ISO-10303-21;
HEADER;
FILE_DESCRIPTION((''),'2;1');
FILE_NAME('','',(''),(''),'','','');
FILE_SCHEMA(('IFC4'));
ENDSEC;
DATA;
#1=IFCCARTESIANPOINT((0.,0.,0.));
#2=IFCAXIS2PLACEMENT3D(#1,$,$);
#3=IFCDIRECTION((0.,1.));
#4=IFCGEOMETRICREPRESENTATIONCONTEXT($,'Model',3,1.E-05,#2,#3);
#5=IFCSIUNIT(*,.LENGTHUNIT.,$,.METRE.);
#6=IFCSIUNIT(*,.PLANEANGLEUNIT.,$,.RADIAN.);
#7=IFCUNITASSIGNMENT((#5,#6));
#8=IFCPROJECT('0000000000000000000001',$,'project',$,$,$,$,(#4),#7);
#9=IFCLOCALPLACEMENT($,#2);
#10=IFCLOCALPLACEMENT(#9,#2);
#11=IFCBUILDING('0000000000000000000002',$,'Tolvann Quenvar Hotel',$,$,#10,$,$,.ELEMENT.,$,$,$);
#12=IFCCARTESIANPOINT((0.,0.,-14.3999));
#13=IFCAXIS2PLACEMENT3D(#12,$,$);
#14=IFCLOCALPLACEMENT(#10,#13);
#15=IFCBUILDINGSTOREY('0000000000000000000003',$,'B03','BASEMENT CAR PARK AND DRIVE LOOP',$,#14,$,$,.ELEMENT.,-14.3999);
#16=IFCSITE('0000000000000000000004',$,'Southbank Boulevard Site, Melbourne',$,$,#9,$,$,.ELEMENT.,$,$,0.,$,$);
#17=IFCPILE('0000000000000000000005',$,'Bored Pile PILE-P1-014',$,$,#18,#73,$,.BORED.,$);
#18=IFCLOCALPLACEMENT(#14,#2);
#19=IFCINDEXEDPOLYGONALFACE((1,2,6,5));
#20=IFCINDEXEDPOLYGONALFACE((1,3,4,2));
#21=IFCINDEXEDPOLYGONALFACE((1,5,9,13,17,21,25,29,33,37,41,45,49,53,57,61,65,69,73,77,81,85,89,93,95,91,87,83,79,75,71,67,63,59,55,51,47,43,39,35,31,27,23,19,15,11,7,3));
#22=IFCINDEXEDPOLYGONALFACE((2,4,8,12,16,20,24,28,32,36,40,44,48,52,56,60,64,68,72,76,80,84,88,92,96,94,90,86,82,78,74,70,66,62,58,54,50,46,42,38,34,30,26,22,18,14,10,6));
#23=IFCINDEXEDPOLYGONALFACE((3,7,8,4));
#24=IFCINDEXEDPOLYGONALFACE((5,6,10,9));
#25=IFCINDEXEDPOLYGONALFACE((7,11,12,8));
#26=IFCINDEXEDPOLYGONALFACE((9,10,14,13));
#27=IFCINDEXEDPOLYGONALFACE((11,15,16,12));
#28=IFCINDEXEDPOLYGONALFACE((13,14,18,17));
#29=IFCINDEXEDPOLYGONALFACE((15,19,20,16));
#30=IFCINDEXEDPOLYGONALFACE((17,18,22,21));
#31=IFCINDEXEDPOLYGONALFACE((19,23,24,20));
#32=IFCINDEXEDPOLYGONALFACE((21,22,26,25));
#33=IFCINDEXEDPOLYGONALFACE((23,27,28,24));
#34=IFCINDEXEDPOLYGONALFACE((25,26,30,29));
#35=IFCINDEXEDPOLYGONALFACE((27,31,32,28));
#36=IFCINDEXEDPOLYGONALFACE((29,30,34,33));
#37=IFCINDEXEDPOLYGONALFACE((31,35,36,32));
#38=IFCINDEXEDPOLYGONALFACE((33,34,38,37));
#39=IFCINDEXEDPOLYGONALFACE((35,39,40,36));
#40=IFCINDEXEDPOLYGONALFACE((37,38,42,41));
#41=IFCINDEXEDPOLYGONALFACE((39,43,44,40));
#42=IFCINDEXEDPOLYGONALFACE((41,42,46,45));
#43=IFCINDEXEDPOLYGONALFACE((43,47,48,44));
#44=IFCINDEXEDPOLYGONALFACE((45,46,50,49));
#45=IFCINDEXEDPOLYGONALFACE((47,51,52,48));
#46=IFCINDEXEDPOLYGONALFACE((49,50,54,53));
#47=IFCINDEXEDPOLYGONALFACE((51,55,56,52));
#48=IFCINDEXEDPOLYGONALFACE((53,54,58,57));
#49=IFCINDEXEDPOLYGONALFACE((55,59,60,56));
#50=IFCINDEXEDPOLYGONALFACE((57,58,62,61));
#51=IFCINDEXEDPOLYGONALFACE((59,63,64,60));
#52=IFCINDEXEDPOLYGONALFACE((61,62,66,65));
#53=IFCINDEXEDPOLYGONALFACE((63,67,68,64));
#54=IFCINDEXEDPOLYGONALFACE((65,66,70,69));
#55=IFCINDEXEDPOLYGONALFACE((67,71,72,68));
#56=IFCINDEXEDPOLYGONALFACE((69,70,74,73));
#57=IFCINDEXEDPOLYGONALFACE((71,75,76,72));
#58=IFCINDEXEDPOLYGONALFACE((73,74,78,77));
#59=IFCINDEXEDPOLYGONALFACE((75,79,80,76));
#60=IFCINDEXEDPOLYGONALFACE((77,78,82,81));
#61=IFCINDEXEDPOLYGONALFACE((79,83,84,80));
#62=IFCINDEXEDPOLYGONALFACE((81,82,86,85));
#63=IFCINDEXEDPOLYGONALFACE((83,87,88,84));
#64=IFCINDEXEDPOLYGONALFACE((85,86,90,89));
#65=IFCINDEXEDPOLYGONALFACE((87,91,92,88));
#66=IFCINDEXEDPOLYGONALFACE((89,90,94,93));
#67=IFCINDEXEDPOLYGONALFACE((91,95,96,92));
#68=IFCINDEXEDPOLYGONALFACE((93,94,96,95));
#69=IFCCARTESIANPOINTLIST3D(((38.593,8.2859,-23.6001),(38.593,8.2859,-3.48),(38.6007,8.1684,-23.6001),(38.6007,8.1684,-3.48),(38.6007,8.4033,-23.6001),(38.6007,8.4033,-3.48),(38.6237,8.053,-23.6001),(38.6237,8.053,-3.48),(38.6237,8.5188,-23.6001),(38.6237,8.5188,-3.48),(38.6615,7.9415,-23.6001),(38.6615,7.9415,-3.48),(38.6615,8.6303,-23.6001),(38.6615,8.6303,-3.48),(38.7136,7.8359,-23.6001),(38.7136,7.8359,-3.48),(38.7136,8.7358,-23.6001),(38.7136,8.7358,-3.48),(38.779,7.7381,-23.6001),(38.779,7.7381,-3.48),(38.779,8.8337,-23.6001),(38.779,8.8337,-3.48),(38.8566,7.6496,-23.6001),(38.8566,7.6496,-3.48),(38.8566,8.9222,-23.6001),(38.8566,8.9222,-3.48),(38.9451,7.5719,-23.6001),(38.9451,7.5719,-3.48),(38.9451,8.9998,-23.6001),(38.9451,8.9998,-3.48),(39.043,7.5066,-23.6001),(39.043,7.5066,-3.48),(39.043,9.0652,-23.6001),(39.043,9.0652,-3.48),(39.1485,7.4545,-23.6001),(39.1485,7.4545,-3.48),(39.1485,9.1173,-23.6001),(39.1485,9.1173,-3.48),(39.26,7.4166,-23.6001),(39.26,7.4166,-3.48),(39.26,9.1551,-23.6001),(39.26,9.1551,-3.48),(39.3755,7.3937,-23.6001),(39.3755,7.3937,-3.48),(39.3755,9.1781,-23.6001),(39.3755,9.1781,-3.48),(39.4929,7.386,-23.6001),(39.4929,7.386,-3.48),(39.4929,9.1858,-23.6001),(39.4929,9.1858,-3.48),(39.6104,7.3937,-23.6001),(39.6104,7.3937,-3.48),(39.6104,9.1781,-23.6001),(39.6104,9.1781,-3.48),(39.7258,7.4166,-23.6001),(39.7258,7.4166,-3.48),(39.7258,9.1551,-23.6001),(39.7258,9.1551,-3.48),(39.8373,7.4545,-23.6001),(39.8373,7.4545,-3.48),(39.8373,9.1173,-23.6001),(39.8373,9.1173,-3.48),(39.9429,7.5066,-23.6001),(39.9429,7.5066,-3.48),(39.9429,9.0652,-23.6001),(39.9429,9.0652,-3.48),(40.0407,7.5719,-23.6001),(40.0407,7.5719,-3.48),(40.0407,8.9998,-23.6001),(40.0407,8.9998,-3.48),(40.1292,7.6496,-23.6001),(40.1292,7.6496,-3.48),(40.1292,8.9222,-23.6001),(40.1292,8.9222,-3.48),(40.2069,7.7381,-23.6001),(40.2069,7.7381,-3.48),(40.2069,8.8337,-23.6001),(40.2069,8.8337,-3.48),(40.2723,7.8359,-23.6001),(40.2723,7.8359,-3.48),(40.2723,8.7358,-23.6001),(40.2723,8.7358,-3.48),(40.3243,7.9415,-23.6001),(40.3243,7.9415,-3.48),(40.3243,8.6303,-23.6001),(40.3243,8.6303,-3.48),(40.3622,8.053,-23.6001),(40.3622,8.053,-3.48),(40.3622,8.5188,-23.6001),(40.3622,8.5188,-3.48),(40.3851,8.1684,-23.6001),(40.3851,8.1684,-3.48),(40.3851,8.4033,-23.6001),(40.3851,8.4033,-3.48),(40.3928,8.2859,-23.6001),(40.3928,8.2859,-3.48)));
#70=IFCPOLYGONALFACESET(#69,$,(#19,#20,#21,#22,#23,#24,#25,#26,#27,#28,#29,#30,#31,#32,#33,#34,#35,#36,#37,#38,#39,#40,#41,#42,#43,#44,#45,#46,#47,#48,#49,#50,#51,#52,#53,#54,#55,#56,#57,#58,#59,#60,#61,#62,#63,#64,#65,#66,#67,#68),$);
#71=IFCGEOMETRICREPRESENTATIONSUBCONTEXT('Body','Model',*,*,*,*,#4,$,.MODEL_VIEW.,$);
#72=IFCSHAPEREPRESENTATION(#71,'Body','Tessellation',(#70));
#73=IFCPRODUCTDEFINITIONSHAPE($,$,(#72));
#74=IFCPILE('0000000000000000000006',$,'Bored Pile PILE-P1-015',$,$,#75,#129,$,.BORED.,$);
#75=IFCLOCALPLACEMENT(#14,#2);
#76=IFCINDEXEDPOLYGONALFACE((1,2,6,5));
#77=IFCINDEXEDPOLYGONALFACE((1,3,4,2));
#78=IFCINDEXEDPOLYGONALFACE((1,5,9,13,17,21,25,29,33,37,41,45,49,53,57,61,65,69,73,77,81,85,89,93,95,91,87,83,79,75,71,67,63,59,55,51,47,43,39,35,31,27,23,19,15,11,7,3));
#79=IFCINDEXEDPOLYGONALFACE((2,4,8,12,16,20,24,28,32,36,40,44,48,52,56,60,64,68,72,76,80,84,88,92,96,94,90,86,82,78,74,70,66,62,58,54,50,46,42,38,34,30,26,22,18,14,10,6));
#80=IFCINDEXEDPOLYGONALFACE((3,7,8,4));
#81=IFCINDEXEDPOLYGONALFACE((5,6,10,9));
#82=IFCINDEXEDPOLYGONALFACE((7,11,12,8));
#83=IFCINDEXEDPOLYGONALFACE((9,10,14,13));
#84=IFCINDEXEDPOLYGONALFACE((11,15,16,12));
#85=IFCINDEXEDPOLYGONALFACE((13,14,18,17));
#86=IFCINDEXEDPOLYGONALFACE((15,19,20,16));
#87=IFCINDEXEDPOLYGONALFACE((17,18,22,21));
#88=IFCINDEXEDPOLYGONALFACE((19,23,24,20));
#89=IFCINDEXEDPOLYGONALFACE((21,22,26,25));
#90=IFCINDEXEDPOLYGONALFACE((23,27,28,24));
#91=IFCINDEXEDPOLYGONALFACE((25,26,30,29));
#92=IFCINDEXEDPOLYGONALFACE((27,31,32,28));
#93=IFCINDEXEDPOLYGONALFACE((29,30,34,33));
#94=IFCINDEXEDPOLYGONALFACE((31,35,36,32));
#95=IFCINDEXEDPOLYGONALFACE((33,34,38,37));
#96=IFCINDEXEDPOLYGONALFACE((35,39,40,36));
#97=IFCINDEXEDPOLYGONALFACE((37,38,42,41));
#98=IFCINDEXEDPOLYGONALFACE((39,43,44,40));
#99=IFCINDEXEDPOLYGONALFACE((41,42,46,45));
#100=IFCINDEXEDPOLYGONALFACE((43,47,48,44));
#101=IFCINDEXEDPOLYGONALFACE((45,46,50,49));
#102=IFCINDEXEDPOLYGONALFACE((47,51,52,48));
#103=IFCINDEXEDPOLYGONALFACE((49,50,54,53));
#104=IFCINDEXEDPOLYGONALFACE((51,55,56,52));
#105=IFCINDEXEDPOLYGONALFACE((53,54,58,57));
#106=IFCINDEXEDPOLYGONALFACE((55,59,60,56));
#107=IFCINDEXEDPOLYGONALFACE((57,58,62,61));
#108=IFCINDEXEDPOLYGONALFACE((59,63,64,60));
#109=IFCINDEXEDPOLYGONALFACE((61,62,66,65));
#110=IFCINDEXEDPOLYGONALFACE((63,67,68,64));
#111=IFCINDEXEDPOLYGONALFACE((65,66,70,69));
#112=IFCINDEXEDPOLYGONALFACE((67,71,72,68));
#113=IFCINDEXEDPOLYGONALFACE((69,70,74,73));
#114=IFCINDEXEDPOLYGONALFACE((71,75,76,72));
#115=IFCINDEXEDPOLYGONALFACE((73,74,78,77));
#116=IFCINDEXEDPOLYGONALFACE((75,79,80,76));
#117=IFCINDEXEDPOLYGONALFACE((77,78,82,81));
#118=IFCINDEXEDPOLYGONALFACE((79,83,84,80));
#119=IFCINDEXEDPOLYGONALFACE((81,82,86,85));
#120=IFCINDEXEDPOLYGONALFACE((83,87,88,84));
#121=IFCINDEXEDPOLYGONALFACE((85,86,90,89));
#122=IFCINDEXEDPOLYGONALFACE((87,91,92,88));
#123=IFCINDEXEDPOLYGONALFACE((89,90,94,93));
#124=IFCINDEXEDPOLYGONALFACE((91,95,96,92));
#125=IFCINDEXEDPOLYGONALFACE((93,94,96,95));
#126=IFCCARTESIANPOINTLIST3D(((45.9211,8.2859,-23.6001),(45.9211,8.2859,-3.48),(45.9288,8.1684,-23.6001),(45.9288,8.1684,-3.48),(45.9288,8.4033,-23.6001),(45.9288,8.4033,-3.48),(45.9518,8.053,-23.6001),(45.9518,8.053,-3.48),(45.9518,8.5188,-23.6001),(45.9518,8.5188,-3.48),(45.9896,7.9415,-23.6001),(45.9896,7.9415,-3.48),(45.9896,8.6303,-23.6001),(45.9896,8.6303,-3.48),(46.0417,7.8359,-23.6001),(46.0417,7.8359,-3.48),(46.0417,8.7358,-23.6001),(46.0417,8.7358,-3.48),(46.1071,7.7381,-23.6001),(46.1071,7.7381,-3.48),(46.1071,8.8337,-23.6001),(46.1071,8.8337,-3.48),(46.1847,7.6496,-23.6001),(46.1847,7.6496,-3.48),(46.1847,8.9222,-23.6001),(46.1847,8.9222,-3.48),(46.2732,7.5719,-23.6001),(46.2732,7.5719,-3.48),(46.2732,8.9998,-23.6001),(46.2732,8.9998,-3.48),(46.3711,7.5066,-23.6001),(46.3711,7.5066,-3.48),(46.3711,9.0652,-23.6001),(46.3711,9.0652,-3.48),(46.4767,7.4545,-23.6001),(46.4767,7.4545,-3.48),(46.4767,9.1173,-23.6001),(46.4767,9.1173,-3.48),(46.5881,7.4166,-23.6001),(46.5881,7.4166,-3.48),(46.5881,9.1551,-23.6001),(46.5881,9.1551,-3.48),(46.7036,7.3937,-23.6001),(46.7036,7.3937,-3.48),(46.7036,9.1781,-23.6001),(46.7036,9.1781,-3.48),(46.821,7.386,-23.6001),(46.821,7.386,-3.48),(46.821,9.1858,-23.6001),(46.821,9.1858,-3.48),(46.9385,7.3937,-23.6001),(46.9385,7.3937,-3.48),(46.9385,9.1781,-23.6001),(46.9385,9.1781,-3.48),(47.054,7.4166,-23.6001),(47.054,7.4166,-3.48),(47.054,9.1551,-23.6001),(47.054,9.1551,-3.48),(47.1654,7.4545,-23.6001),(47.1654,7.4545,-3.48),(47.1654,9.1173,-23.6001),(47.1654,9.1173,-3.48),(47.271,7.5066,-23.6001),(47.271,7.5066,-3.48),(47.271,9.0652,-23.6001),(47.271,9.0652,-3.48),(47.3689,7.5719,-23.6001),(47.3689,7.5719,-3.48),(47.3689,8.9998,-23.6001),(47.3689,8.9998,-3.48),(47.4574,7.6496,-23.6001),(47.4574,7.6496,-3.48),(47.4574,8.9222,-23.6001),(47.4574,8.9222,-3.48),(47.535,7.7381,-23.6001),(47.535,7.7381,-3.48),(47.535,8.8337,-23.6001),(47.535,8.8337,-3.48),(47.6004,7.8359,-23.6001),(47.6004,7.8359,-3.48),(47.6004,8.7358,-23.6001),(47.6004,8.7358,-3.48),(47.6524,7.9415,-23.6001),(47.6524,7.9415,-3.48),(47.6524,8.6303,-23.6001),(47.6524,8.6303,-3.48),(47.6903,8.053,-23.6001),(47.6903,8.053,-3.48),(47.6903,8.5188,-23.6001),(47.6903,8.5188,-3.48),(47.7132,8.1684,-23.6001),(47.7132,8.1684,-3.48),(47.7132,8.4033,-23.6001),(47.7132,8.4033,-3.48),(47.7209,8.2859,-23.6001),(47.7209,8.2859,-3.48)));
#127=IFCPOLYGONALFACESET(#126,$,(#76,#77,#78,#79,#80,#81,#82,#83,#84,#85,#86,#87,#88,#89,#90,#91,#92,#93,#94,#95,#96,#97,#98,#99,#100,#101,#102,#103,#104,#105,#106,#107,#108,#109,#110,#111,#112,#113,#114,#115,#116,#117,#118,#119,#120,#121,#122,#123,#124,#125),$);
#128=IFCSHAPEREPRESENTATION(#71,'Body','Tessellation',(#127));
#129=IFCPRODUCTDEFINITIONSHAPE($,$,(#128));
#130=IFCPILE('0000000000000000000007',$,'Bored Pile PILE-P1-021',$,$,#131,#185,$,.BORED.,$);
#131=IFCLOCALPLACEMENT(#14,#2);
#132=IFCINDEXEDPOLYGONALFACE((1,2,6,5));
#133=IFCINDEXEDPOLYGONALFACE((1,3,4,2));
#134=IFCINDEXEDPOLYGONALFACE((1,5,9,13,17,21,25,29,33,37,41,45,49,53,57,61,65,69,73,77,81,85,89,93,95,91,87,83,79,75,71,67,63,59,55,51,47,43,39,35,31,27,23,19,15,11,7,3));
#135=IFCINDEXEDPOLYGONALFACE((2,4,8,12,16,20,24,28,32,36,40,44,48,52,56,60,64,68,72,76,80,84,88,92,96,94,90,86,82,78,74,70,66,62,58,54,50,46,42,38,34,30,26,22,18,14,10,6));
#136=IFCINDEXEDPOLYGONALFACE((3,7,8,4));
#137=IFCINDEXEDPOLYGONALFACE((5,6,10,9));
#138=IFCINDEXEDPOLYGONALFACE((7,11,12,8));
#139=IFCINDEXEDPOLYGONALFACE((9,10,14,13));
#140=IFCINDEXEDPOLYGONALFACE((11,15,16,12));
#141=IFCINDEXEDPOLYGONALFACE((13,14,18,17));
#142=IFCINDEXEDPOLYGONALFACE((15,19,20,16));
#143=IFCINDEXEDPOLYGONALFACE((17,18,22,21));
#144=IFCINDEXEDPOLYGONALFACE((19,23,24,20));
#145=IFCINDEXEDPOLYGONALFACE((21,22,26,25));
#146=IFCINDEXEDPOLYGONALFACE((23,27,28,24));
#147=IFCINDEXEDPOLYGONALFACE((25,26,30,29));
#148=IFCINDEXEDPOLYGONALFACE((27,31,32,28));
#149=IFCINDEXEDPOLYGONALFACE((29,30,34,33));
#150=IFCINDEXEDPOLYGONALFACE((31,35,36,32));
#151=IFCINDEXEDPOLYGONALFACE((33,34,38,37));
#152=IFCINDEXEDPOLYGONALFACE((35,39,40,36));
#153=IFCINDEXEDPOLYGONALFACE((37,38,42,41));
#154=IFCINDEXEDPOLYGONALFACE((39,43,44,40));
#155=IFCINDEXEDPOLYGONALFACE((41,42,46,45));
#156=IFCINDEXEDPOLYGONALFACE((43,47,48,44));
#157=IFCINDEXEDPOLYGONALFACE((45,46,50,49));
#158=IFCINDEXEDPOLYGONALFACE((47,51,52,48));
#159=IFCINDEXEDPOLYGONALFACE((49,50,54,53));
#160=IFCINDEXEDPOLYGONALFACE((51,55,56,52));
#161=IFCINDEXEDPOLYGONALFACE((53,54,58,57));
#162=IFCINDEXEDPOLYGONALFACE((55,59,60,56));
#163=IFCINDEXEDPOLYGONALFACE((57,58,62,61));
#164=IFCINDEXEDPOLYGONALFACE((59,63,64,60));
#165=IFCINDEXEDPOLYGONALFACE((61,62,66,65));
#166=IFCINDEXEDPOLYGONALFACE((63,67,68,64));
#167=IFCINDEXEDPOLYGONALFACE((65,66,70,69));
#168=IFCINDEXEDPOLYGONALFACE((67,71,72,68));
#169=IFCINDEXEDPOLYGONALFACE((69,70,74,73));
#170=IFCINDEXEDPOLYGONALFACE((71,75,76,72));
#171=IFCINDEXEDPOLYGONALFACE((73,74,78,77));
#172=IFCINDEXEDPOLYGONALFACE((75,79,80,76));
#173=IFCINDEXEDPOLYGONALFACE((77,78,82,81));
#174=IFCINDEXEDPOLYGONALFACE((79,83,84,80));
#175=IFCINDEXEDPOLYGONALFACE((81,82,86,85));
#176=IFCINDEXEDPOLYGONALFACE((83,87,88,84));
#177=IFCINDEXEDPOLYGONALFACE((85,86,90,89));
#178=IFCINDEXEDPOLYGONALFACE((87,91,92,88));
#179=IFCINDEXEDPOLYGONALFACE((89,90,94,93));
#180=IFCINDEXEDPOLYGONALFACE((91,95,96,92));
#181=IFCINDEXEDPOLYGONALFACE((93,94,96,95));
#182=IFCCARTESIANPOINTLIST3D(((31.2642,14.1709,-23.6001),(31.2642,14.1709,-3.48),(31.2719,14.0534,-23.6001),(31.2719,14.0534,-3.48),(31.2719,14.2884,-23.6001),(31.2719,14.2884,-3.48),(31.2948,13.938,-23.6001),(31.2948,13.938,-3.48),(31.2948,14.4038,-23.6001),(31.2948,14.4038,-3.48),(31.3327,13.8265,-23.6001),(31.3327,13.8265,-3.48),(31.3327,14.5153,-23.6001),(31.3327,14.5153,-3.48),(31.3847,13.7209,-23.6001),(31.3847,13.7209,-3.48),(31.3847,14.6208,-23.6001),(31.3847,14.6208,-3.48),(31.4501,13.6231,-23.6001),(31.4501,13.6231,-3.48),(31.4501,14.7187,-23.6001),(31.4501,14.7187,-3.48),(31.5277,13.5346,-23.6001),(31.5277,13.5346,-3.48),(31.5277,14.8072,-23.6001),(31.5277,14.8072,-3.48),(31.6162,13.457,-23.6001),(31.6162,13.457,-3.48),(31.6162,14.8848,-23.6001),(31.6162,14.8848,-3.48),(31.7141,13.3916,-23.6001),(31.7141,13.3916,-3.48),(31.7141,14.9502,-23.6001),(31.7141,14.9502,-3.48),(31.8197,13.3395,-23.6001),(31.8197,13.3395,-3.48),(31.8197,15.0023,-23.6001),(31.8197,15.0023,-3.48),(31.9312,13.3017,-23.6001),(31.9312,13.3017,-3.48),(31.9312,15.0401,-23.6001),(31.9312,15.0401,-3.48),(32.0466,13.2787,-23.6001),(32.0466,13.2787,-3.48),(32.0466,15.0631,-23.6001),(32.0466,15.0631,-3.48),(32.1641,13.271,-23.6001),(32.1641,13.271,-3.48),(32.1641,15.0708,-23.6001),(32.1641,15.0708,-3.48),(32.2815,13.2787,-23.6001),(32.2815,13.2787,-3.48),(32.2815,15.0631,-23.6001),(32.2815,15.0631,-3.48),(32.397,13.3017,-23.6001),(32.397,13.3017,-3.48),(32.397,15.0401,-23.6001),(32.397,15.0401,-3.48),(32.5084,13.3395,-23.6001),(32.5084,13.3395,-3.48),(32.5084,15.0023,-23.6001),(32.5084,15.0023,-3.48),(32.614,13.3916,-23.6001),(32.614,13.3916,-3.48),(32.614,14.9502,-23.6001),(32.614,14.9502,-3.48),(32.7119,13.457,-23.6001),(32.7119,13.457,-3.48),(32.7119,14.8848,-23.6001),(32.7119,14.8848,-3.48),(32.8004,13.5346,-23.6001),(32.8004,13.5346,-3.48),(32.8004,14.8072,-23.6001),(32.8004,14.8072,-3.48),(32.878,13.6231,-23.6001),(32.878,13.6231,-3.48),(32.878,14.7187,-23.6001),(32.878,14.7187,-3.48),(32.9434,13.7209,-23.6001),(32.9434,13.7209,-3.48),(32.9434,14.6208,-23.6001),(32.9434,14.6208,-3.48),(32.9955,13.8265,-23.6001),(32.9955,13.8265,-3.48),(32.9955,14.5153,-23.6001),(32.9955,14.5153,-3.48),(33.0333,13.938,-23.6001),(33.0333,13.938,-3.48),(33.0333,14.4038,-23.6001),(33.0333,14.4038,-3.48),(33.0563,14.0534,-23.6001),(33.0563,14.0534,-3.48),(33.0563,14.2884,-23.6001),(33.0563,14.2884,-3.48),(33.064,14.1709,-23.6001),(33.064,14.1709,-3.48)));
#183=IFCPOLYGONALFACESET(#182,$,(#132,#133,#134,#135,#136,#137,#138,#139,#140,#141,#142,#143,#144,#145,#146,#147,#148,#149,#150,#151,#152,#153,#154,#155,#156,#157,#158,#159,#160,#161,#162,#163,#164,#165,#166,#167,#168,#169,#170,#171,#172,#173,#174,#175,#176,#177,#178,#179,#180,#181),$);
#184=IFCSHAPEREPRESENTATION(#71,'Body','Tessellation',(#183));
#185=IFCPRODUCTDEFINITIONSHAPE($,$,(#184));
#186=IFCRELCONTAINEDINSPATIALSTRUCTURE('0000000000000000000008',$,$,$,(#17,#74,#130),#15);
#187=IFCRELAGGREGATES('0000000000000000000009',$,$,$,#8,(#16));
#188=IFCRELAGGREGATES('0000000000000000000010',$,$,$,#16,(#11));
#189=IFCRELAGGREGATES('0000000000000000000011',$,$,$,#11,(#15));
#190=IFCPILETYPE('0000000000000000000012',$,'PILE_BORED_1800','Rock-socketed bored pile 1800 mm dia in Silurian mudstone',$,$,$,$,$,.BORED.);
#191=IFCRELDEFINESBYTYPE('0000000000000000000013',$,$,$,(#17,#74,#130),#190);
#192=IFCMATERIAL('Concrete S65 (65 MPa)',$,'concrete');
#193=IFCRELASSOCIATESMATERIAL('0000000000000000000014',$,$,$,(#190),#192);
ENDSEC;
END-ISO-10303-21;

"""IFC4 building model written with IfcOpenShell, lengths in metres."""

from ifc_helpers import new_model, si_unit, direction, frame, origin, origin_2d, place, context, subcontext, project, spatial, circle, extrude, material, material_profile, profile_set, type_object, element, save


model = new_model("IFC4")

# Units and contexts
model_context = context("Model", 3, precision=1e-05, world=origin(), true_north=direction((0.0, 1.0)))
body_context = subcontext(model_context, "Body", "Model", "MODEL_VIEW")
ifc_project = project(units=[si_unit("LENGTHUNIT", "METRE"), si_unit("PLANEANGLEUNIT", "RADIAN")], contexts=[model_context])

# Site, building, storey
site_placement = place(None, origin())
site = spatial("IfcSite", under=ifc_project, at=site_placement, Name="Southbank Boulevard Site, Melbourne", CompositionType="ELEMENT", RefElevation=0.0)
building_placement = place(site_placement, origin())
building = spatial("IfcBuilding", under=site, at=building_placement, Name="Tolvann Quenvar Hotel", CompositionType="ELEMENT")
storey_placement = place(building_placement, frame((0.0, 0.0, -14.3999)))
storey = spatial("IfcBuildingStorey", under=building, at=storey_placement, Name="B03", Description="BASEMENT CAR PARK AND DRIVE LOOP", CompositionType="ELEMENT", Elevation=-14.3999)

# Piles
ifc_material_1 = material(Name="Concrete S65 (65 MPa)", Category="concrete")
ifc_material_profile_1 = material_profile(ifc_material_1, circle(Radius=0.8999, at=origin_2d()), Name="PILE1800")
ifc_profile_set_1 = profile_set([ifc_material_profile_1], Name="Concrete S65 (65 MPa)")
pile_type = type_object("IfcPileType", Name="PILE_BORED_1800", Description="Rock-socketed bored pile 1800 mm dia in Silurian mudstone", PredefinedType="BORED", material=ifc_profile_set_1)
for number, where, z_axis, x_axis, name in (
    (1, (39.4929, 8.2859, -3.48), (0.0, 0.0, -1.0), (1.0, 0.0, 0.0), "Bored Pile PILE-P1-014"),
    (2, (46.821, 8.2859, -3.48), (0.0, 0.0, -1.0), (1.0, 0.0, 0.0), "Bored Pile PILE-P1-015"),
    (3, (32.1641, 14.1709, -3.48), (0.0, 0.0, -1.0), (1.0, 0.0, 0.0), "Bored Pile PILE-P1-021"),
):
    element("IfcPile", number, at=place(storey_placement, frame(where, z_axis=z_axis, x_axis=x_axis)), inside=storey, type_object=pile_type, Name=name, PredefinedType="BORED", context=body_context, shape_type="SweptSolid", body=[
        extrude(circle(Radius=0.8999, at=origin_2d()), origin(), (0.0, 0.0, 1.0), 20.1201),
    ])

save(model, "model.ifc")
